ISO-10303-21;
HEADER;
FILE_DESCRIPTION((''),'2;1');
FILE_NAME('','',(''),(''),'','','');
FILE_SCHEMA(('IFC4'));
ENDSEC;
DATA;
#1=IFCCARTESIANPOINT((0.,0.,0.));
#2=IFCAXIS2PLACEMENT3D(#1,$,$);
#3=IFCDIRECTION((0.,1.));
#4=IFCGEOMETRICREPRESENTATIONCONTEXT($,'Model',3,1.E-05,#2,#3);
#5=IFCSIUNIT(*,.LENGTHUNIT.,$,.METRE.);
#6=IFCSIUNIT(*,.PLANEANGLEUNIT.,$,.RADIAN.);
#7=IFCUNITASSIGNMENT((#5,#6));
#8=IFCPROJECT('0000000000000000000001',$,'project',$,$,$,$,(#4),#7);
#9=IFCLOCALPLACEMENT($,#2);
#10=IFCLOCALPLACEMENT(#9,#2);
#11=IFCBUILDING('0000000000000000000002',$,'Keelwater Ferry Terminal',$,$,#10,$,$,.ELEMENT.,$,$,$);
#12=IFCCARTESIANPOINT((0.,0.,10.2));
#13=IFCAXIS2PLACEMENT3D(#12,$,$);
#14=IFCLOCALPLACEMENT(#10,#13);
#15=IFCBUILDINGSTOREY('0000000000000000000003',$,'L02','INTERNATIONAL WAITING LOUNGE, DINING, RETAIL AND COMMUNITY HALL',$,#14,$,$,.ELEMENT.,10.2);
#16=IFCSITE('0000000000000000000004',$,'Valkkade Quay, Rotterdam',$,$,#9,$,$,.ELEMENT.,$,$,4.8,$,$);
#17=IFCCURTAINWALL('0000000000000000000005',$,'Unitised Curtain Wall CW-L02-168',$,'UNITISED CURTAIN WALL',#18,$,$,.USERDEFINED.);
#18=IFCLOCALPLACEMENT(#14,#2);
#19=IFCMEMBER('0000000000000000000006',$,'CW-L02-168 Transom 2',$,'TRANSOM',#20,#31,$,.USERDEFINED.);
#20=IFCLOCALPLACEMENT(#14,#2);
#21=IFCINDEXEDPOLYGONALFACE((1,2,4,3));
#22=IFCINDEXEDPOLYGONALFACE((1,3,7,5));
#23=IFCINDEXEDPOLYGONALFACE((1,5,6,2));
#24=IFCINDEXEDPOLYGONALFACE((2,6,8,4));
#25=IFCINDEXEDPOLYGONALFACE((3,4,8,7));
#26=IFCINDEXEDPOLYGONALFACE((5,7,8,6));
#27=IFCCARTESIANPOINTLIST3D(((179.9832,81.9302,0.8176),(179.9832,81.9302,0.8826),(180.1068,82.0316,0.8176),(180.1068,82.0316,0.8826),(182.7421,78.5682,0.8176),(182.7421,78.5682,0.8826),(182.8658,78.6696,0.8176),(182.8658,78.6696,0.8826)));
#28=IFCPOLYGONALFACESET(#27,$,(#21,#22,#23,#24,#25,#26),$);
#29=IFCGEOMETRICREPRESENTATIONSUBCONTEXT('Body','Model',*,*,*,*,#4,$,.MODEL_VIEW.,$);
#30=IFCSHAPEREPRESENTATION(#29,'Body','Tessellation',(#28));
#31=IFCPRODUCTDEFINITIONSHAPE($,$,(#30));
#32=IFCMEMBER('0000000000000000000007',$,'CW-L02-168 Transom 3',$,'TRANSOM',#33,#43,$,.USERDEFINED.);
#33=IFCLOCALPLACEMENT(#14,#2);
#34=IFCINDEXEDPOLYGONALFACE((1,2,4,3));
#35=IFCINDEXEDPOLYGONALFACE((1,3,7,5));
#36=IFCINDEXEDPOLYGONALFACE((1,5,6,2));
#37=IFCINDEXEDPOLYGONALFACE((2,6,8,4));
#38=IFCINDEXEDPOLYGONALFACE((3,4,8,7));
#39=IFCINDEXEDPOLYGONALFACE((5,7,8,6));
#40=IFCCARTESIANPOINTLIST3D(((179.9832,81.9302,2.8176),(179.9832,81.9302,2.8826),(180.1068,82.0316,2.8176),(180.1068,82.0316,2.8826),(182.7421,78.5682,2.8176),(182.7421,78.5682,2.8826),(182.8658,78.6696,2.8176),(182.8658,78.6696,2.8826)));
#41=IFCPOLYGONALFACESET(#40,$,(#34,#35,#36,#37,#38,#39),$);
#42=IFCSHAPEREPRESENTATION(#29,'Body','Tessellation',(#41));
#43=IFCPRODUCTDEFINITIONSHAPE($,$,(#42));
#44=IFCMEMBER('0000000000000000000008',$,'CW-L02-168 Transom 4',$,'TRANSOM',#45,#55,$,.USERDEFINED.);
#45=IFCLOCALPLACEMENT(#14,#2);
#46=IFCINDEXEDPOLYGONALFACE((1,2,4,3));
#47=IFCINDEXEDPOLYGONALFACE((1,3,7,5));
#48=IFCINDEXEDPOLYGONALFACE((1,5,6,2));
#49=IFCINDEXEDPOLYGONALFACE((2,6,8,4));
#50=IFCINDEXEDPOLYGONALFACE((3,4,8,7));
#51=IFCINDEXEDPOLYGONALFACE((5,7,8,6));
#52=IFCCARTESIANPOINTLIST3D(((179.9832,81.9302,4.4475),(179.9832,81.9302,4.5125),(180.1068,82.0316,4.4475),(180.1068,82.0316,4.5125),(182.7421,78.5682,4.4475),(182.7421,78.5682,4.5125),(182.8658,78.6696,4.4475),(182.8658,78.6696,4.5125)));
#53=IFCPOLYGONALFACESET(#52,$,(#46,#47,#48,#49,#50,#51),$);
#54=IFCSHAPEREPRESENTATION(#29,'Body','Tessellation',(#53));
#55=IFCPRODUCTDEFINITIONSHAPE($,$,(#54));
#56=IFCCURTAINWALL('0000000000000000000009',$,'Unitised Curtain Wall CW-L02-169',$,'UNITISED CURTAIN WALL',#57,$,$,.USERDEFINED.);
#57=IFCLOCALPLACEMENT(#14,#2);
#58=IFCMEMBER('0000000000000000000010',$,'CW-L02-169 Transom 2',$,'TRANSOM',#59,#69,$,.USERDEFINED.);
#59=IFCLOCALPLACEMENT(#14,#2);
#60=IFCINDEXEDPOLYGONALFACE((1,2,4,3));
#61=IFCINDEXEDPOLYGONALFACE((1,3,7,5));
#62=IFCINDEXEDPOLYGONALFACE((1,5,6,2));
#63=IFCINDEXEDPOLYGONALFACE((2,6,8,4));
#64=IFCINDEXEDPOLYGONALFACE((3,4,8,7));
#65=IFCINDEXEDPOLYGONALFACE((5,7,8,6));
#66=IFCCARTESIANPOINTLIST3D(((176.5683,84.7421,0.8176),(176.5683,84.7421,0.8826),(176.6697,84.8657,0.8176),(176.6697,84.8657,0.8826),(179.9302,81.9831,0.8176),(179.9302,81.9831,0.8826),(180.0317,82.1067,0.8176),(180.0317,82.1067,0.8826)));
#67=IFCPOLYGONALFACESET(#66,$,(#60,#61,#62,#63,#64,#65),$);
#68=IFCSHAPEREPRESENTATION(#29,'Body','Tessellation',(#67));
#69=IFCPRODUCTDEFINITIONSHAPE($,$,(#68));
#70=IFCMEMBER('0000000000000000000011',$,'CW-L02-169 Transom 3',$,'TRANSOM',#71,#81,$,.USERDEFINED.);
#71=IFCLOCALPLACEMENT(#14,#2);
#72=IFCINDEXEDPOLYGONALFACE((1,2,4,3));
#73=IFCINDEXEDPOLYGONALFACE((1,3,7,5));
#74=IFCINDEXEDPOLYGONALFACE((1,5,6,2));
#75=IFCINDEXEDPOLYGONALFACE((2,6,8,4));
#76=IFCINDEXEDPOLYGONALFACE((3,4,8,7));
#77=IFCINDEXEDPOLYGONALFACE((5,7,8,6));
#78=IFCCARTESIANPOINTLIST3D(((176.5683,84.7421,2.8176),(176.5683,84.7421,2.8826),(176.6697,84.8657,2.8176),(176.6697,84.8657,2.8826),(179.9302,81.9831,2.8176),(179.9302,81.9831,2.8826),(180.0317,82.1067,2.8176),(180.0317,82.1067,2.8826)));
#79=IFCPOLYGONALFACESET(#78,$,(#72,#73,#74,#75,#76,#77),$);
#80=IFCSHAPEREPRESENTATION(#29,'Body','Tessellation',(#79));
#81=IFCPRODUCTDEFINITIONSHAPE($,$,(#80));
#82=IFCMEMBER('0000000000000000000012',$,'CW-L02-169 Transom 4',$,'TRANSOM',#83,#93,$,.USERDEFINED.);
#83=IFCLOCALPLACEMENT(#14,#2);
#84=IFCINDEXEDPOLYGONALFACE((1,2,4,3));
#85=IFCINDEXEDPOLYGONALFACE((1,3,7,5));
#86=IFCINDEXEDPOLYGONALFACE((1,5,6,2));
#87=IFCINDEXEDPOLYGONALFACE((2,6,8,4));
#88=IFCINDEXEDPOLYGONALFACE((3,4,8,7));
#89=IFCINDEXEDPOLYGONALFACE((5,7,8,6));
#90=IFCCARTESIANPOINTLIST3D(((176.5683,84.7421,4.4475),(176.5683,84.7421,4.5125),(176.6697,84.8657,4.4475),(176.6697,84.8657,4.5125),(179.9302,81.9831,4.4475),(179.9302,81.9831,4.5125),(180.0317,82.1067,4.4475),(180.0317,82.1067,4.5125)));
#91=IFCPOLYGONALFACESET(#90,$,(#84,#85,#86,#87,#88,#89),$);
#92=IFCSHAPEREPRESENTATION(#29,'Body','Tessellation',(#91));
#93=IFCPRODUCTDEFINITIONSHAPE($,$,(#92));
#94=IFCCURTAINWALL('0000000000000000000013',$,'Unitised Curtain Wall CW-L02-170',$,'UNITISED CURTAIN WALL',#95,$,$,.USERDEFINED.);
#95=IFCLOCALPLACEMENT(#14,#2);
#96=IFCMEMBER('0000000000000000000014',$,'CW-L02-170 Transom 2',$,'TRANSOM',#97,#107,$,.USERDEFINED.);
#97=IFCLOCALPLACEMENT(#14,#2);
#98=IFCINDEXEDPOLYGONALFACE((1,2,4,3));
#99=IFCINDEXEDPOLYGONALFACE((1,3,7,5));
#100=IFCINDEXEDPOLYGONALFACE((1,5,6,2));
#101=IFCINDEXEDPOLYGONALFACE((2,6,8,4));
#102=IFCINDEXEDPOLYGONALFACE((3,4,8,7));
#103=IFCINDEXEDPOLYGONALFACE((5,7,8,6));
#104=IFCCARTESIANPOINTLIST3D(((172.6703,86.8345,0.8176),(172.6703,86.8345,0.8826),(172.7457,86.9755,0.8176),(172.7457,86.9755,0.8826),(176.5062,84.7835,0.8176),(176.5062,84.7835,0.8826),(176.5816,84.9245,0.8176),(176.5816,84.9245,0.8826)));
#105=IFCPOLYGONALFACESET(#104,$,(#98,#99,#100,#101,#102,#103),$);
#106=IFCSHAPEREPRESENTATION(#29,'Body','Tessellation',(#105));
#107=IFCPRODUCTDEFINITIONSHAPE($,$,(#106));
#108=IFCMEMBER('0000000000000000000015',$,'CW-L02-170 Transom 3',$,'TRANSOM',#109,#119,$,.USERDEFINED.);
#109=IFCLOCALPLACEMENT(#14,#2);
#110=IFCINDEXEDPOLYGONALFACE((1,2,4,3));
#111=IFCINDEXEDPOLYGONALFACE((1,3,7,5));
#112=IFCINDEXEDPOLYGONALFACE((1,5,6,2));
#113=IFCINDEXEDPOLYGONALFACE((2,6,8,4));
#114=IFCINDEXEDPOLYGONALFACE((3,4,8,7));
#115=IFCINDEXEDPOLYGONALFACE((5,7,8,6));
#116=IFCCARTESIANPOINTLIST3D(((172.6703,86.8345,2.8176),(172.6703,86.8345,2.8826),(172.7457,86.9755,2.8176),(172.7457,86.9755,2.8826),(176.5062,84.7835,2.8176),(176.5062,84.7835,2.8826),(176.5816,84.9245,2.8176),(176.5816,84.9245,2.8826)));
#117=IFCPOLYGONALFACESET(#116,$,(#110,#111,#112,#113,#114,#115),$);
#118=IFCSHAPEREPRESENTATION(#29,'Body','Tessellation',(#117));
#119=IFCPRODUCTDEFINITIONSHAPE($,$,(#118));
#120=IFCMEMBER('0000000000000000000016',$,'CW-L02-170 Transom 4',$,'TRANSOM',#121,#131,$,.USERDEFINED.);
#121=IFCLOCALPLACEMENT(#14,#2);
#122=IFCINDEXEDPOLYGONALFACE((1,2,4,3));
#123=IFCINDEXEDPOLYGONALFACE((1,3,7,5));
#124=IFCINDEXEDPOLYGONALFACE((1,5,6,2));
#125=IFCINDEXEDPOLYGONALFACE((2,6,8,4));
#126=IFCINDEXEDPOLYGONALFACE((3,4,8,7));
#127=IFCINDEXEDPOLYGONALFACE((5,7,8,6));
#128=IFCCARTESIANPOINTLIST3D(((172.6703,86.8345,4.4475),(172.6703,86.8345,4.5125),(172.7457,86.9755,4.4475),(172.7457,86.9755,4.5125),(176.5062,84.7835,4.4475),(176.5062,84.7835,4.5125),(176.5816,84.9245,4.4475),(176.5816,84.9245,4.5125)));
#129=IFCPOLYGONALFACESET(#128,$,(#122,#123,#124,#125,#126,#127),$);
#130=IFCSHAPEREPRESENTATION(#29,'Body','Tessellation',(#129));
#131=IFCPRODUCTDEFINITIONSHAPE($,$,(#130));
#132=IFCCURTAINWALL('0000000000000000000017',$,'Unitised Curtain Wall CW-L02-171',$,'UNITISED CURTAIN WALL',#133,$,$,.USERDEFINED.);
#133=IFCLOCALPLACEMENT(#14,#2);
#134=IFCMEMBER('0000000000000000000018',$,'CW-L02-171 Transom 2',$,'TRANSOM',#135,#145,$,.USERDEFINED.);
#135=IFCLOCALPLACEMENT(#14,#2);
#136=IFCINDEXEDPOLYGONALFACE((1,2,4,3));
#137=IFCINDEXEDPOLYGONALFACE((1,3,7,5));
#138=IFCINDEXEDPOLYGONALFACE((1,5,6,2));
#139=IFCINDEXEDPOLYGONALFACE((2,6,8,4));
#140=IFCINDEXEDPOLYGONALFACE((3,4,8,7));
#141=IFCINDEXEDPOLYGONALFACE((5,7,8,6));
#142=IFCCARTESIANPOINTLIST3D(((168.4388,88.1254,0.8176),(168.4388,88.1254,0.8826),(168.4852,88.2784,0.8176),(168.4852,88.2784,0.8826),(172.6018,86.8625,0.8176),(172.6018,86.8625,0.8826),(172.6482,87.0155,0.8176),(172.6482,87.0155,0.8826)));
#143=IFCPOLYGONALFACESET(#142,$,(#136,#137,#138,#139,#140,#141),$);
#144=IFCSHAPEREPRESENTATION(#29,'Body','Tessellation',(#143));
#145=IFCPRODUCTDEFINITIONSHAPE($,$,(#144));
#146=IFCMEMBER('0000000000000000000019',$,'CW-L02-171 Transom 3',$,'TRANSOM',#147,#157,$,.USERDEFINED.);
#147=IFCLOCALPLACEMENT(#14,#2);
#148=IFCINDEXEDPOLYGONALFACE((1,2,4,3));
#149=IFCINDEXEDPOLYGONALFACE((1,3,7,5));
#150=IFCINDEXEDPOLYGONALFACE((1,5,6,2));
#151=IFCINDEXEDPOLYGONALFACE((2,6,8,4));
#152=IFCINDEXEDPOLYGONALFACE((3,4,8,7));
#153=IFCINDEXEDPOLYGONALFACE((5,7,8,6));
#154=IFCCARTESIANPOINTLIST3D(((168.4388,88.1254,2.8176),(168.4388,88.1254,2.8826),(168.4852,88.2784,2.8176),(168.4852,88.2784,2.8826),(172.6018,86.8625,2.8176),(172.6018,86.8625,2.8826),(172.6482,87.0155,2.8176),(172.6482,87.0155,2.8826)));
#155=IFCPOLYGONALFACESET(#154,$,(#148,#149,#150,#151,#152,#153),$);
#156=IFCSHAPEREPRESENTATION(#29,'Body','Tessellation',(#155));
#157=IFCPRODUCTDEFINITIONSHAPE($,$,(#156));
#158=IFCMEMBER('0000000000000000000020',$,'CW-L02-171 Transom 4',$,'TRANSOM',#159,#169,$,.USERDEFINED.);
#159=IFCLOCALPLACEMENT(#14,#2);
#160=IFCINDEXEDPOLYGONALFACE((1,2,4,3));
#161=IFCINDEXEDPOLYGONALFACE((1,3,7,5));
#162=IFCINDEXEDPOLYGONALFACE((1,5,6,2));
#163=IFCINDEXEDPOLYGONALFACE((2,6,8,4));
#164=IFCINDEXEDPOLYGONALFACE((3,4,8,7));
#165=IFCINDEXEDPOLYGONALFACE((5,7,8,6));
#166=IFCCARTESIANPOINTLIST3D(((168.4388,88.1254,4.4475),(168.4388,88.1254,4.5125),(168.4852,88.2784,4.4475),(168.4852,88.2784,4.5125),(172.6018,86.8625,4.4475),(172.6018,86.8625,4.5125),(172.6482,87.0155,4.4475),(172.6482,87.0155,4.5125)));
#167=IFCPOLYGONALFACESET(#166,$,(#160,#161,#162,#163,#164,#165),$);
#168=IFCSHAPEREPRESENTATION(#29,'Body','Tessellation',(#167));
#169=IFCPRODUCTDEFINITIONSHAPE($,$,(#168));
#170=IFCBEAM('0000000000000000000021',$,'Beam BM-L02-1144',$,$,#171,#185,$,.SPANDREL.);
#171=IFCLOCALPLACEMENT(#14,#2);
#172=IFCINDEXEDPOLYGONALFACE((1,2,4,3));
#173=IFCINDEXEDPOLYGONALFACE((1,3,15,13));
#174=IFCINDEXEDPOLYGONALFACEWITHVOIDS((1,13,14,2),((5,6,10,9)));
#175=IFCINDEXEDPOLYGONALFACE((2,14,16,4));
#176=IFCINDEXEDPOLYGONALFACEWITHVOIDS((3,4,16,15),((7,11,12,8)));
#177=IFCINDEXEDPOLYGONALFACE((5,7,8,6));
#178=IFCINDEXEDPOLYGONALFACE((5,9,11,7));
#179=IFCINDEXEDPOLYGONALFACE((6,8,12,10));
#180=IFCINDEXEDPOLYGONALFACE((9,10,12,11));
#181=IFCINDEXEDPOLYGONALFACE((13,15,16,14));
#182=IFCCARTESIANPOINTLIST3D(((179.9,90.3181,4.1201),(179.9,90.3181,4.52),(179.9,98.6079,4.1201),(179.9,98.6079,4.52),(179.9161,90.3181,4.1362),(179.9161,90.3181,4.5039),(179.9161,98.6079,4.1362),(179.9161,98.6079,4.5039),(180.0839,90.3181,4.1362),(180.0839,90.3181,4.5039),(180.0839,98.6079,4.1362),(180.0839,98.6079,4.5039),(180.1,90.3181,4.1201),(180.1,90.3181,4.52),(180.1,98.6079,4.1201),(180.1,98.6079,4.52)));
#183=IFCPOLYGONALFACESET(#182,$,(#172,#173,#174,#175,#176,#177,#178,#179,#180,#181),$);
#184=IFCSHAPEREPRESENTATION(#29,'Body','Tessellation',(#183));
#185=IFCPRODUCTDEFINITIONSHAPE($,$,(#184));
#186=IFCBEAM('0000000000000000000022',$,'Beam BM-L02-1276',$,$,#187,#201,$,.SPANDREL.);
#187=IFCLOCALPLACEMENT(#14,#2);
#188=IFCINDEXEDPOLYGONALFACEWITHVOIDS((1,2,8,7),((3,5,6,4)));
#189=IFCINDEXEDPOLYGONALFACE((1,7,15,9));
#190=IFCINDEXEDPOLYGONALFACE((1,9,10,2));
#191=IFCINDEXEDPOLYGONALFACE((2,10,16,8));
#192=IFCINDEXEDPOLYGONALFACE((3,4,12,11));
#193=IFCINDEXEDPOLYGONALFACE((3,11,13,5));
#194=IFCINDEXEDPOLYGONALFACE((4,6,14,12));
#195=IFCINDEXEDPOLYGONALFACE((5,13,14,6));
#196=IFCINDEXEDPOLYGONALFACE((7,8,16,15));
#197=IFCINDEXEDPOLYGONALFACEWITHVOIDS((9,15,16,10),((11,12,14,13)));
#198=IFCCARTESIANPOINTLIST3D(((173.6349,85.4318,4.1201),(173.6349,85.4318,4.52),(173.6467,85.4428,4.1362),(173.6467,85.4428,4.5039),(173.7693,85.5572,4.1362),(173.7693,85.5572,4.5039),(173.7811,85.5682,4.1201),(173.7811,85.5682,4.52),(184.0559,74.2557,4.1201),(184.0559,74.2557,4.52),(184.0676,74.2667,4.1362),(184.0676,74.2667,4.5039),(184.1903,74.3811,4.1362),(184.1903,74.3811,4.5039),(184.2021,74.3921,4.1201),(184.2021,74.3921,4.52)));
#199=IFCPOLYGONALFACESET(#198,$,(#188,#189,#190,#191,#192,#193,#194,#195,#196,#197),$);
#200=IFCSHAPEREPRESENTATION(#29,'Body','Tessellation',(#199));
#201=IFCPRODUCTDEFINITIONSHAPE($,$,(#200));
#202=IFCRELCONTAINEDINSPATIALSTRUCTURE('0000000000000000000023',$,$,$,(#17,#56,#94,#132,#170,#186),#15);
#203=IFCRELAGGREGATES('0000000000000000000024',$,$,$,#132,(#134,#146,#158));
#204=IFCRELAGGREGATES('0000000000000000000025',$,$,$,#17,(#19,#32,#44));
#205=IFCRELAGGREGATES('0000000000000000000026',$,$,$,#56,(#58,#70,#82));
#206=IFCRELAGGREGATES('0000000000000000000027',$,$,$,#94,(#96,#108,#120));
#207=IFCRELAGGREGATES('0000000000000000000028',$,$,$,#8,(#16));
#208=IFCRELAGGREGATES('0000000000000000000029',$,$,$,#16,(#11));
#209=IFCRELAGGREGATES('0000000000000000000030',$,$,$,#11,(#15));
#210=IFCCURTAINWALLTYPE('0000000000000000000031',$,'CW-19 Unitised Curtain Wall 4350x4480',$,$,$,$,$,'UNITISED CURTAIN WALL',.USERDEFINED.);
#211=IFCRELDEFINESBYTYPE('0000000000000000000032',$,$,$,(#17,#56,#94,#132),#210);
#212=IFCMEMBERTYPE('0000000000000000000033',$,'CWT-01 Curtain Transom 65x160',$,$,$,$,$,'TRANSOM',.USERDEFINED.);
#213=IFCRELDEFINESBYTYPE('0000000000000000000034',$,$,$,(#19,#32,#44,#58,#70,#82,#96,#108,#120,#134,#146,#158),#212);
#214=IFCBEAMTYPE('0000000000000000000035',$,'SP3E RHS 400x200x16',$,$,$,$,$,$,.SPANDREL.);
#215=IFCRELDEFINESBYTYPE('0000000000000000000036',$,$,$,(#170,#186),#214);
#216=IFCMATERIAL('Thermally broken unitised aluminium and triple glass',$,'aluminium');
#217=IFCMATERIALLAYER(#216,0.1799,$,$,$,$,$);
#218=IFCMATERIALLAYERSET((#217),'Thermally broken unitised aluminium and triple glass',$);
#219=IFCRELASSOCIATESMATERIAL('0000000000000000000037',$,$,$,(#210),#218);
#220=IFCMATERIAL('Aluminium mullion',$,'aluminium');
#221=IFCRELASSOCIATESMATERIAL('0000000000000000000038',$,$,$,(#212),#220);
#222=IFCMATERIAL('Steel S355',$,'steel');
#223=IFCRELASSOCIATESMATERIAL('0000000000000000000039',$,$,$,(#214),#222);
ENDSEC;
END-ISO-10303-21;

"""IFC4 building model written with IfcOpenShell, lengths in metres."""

from ifc_helpers import new_model, si_unit, direction, frame, origin, origin_2d, place, context, subcontext, project, spatial, rectangle, hollow_rectangle, extrude, material, layer, layer_set, material_profile, profile_set, type_object, element, aggregate, save


model = new_model("IFC4")

# Units and contexts
model_context = context("Model", 3, precision=1e-05, world=origin(), true_north=direction((0.0, 1.0)))
body_context = subcontext(model_context, "Body", "Model", "MODEL_VIEW")
ifc_project = project(units=[si_unit("LENGTHUNIT", "METRE"), si_unit("PLANEANGLEUNIT", "RADIAN")], contexts=[model_context])

# Site, building, storey
site_placement = place(None, origin())
site = spatial("IfcSite", under=ifc_project, at=site_placement, Name="Valkkade Quay, Rotterdam", CompositionType="ELEMENT", RefElevation=4.8)
building_placement = place(site_placement, origin())
building = spatial("IfcBuilding", under=site, at=building_placement, Name="Keelwater Ferry Terminal", CompositionType="ELEMENT")
storey_placement = place(building_placement, frame((0.0, 0.0, 10.2)))
storey = spatial("IfcBuildingStorey", under=building, at=storey_placement, Name="L02", Description="INTERNATIONAL WAITING LOUNGE, DINING, RETAIL AND COMMUNITY HALL", CompositionType="ELEMENT", Elevation=10.2)

# Curtain walls, members
ifc_material_1 = material(Name="Thermally broken unitised aluminium and triple glass", Category="aluminium")
ifc_layer_1 = layer(ifc_material_1, 0.1799)
ifc_layer_set_1 = layer_set([ifc_layer_1], Name="Thermally broken unitised aluminium and triple glass")
curtain_wall_type = type_object("IfcCurtainWallType", Name="CW-19 Unitised Curtain Wall 4350x4480", ElementType="UNITISED CURTAIN WALL", PredefinedType="USERDEFINED", material=ifc_layer_set_1)
curtain_wall_1_placement = place(storey_placement, origin())
curtain_wall_1 = element("IfcCurtainWall", 1, at=curtain_wall_1_placement, inside=storey, type_object=curtain_wall_type, Name="Unitised Curtain Wall CW-L02-168", ObjectType="UNITISED CURTAIN WALL", PredefinedType="USERDEFINED")
ifc_material_2 = material(Name="Aluminium mullion", Category="aluminium")
ifc_material_profile_1 = material_profile(ifc_material_2, rectangle(XDim=0.1599, YDim=0.0649, at=origin_2d()), Name="CWT-01")
ifc_profile_set_1 = profile_set([ifc_material_profile_1], Name="Aluminium mullion")
member_type = type_object("IfcMemberType", Name="CWT-01 Curtain Transom 65x160", ElementType="TRANSOM", PredefinedType="USERDEFINED", material=ifc_profile_set_1)
member_1_placement = place(storey_placement, frame((182.804, 78.6189, 0.8501), z_axis=(-0.634374, 0.773026, 0.0), x_axis=(-0.773026, -0.634374, 0.0)))
member_1 = element("IfcMember", 2, at=member_1_placement, type_object=member_type, Name="CW-L02-168 Transom 2", ObjectType="TRANSOM", PredefinedType="USERDEFINED", context=body_context, shape_type="SweptSolid", body=[
    extrude(rectangle(XDim=0.1599, YDim=0.0649, at=origin_2d()), origin(), (0.0, 0.0, 1.0), 4.3491),
])
member_2_placement = place(storey_placement, frame((182.804, 78.6189, 2.8501), z_axis=(-0.634374, 0.773026, 0.0), x_axis=(-0.773026, -0.634374, 0.0)))
member_2 = element("IfcMember", 3, at=member_2_placement, type_object=member_type, Name="CW-L02-168 Transom 3", ObjectType="TRANSOM", PredefinedType="USERDEFINED", context=body_context, shape_type="SweptSolid", body=[
    extrude(rectangle(XDim=0.1599, YDim=0.0649, at=origin_2d()), origin(), (0.0, 0.0, 1.0), 4.3491),
])
member_3_placement = place(storey_placement, frame((182.804, 78.6189, 4.48), z_axis=(-0.634374, 0.773026, 0.0), x_axis=(-0.773026, -0.634374, 0.0)))
member_3 = element("IfcMember", 4, at=member_3_placement, type_object=member_type, Name="CW-L02-168 Transom 4", ObjectType="TRANSOM", PredefinedType="USERDEFINED", context=body_context, shape_type="SweptSolid", body=[
    extrude(rectangle(XDim=0.1599, YDim=0.0649, at=origin_2d()), origin(), (0.0, 0.0, 1.0), 4.3491),
])
curtain_wall_2_placement = place(storey_placement, origin())
curtain_wall_2 = element("IfcCurtainWall", 5, at=curtain_wall_2_placement, inside=storey, type_object=curtain_wall_type, Name="Unitised Curtain Wall CW-L02-169", ObjectType="UNITISED CURTAIN WALL", PredefinedType="USERDEFINED")
member_4_placement = place(storey_placement, frame((179.981, 82.0449, 0.8501), z_axis=(-0.773026, 0.634374, 0.0), x_axis=(-0.634374, -0.773026, 0.0)))
member_4 = element("IfcMember", 6, at=member_4_placement, type_object=member_type, Name="CW-L02-169 Transom 2", ObjectType="TRANSOM", PredefinedType="USERDEFINED", context=body_context, shape_type="SweptSolid", body=[
    extrude(rectangle(XDim=0.1599, YDim=0.0649, at=origin_2d()), origin(), (0.0, 0.0, 1.0), 4.3491),
])
member_5_placement = place(storey_placement, frame((179.981, 82.0449, 2.8501), z_axis=(-0.773026, 0.634374, 0.0), x_axis=(-0.634374, -0.773026, 0.0)))
member_5 = element("IfcMember", 7, at=member_5_placement, type_object=member_type, Name="CW-L02-169 Transom 3", ObjectType="TRANSOM", PredefinedType="USERDEFINED", context=body_context, shape_type="SweptSolid", body=[
    extrude(rectangle(XDim=0.1599, YDim=0.0649, at=origin_2d()), origin(), (0.0, 0.0, 1.0), 4.3491),
])
member_6_placement = place(storey_placement, frame((179.981, 82.0449, 4.48), z_axis=(-0.773026, 0.634374, 0.0), x_axis=(-0.634374, -0.773026, 0.0)))
member_6 = element("IfcMember", 8, at=member_6_placement, type_object=member_type, Name="CW-L02-169 Transom 4", ObjectType="TRANSOM", PredefinedType="USERDEFINED", context=body_context, shape_type="SweptSolid", body=[
    extrude(rectangle(XDim=0.1599, YDim=0.0649, at=origin_2d()), origin(), (0.0, 0.0, 1.0), 4.3491),
])
curtain_wall_3_placement = place(storey_placement, origin())
curtain_wall_3 = element("IfcCurtainWall", 9, at=curtain_wall_3_placement, inside=storey, type_object=curtain_wall_type, Name="Unitised Curtain Wall CW-L02-170", ObjectType="UNITISED CURTAIN WALL", PredefinedType="USERDEFINED")
member_7_placement = place(storey_placement, frame((176.5439, 84.854, 0.8501), z_axis=(-0.881857, 0.471517, 0.0), x_axis=(-0.471517, -0.881857, 0.0)))
member_7 = element("IfcMember", 10, at=member_7_placement, type_object=member_type, Name="CW-L02-170 Transom 2", ObjectType="TRANSOM", PredefinedType="USERDEFINED", context=body_context, shape_type="SweptSolid", body=[
    extrude(rectangle(XDim=0.1599, YDim=0.0649, at=origin_2d()), origin(), (0.0, 0.0, 1.0), 4.3499),
])
member_8_placement = place(storey_placement, frame((176.5439, 84.854, 2.8501), z_axis=(-0.881857, 0.471517, 0.0), x_axis=(-0.471517, -0.881857, 0.0)))
member_8 = element("IfcMember", 11, at=member_8_placement, type_object=member_type, Name="CW-L02-170 Transom 3", ObjectType="TRANSOM", PredefinedType="USERDEFINED", context=body_context, shape_type="SweptSolid", body=[
    extrude(rectangle(XDim=0.1599, YDim=0.0649, at=origin_2d()), origin(), (0.0, 0.0, 1.0), 4.3499),
])
member_9_placement = place(storey_placement, frame((176.5439, 84.854, 4.48), z_axis=(-0.881857, 0.471517, 0.0), x_axis=(-0.471517, -0.881857, 0.0)))
member_9 = element("IfcMember", 12, at=member_9_placement, type_object=member_type, Name="CW-L02-170 Transom 4", ObjectType="TRANSOM", PredefinedType="USERDEFINED", context=body_context, shape_type="SweptSolid", body=[
    extrude(rectangle(XDim=0.1599, YDim=0.0649, at=origin_2d()), origin(), (0.0, 0.0, 1.0), 4.3499),
])
curtain_wall_4_placement = place(storey_placement, origin())
curtain_wall_4 = element("IfcCurtainWall", 13, at=curtain_wall_4_placement, inside=storey, type_object=curtain_wall_type, Name="Unitised Curtain Wall CW-L02-171", ObjectType="UNITISED CURTAIN WALL", PredefinedType="USERDEFINED")
member_10_placement = place(storey_placement, frame((172.625, 86.939, 0.8501), z_axis=(-0.956935, 0.290302, 0.0), x_axis=(-0.290302, -0.956935, 0.0)))
member_10 = element("IfcMember", 14, at=member_10_placement, type_object=member_type, Name="CW-L02-171 Transom 2", ObjectType="TRANSOM", PredefinedType="USERDEFINED", context=body_context, shape_type="SweptSolid", body=[
    extrude(rectangle(XDim=0.1599, YDim=0.0649, at=origin_2d()), origin(), (0.0, 0.0, 1.0), 4.3503),
])
member_11_placement = place(storey_placement, frame((172.625, 86.939, 2.8501), z_axis=(-0.956935, 0.290302, 0.0), x_axis=(-0.290302, -0.956935, 0.0)))
member_11 = element("IfcMember", 15, at=member_11_placement, type_object=member_type, Name="CW-L02-171 Transom 3", ObjectType="TRANSOM", PredefinedType="USERDEFINED", context=body_context, shape_type="SweptSolid", body=[
    extrude(rectangle(XDim=0.1599, YDim=0.0649, at=origin_2d()), origin(), (0.0, 0.0, 1.0), 4.3503),
])
member_12_placement = place(storey_placement, frame((172.625, 86.939, 4.48), z_axis=(-0.956935, 0.290302, 0.0), x_axis=(-0.290302, -0.956935, 0.0)))
member_12 = element("IfcMember", 16, at=member_12_placement, type_object=member_type, Name="CW-L02-171 Transom 4", ObjectType="TRANSOM", PredefinedType="USERDEFINED", context=body_context, shape_type="SweptSolid", body=[
    extrude(rectangle(XDim=0.1599, YDim=0.0649, at=origin_2d()), origin(), (0.0, 0.0, 1.0), 4.3503),
])
aggregate(curtain_wall_4, [member_10, member_11, member_12])

# Beams
ifc_material_3 = material(Name="Steel S355", Category="steel")
ifc_material_profile_2 = material_profile(ifc_material_3, hollow_rectangle(XDim=0.2, YDim=0.3999, WallThickness=0.0161, at=origin_2d()), Name="RHS 400x200x16")
ifc_profile_set_2 = profile_set([ifc_material_profile_2], Name="Steel S355")
beam_type = type_object("IfcBeamType", Name="SP3E RHS 400x200x16", PredefinedType="SPANDREL", material=ifc_profile_set_2)
beam_1_placement = place(storey_placement, frame((180.0, 90.3181, 4.3201), z_axis=(0.0, 1.0, 0.0), x_axis=(-1.0, 0.0, 0.0)))
element("IfcBeam", 17, at=beam_1_placement, inside=storey, type_object=beam_type, Name="Beam BM-L02-1144", PredefinedType="SPANDREL", context=body_context, shape_type="SweptSolid", body=[
    extrude(hollow_rectangle(XDim=0.2, YDim=0.3999, WallThickness=0.0161, at=origin_2d()), origin(), (0.0, 0.0, 1.0), 8.2898),
])
beam_2_placement = place(storey_placement, frame((173.708, 85.5, 4.3201), z_axis=(0.681966, -0.731384, 0.0), x_axis=(0.731384, 0.681966, 0.0)))
element("IfcBeam", 18, at=beam_2_placement, inside=storey, type_object=beam_type, Name="Beam BM-L02-1276", PredefinedType="SPANDREL", context=body_context, shape_type="SweptSolid", body=[
    extrude(hollow_rectangle(XDim=0.2, YDim=0.3999, WallThickness=0.0161, at=origin_2d()), origin(), (0.0, 0.0, 1.0), 15.2808),
])

aggregate(curtain_wall_1, [member_1, member_2, member_3])
aggregate(curtain_wall_2, [member_4, member_5, member_6])
aggregate(curtain_wall_3, [member_7, member_8, member_9])

save(model, "model.ifc")
